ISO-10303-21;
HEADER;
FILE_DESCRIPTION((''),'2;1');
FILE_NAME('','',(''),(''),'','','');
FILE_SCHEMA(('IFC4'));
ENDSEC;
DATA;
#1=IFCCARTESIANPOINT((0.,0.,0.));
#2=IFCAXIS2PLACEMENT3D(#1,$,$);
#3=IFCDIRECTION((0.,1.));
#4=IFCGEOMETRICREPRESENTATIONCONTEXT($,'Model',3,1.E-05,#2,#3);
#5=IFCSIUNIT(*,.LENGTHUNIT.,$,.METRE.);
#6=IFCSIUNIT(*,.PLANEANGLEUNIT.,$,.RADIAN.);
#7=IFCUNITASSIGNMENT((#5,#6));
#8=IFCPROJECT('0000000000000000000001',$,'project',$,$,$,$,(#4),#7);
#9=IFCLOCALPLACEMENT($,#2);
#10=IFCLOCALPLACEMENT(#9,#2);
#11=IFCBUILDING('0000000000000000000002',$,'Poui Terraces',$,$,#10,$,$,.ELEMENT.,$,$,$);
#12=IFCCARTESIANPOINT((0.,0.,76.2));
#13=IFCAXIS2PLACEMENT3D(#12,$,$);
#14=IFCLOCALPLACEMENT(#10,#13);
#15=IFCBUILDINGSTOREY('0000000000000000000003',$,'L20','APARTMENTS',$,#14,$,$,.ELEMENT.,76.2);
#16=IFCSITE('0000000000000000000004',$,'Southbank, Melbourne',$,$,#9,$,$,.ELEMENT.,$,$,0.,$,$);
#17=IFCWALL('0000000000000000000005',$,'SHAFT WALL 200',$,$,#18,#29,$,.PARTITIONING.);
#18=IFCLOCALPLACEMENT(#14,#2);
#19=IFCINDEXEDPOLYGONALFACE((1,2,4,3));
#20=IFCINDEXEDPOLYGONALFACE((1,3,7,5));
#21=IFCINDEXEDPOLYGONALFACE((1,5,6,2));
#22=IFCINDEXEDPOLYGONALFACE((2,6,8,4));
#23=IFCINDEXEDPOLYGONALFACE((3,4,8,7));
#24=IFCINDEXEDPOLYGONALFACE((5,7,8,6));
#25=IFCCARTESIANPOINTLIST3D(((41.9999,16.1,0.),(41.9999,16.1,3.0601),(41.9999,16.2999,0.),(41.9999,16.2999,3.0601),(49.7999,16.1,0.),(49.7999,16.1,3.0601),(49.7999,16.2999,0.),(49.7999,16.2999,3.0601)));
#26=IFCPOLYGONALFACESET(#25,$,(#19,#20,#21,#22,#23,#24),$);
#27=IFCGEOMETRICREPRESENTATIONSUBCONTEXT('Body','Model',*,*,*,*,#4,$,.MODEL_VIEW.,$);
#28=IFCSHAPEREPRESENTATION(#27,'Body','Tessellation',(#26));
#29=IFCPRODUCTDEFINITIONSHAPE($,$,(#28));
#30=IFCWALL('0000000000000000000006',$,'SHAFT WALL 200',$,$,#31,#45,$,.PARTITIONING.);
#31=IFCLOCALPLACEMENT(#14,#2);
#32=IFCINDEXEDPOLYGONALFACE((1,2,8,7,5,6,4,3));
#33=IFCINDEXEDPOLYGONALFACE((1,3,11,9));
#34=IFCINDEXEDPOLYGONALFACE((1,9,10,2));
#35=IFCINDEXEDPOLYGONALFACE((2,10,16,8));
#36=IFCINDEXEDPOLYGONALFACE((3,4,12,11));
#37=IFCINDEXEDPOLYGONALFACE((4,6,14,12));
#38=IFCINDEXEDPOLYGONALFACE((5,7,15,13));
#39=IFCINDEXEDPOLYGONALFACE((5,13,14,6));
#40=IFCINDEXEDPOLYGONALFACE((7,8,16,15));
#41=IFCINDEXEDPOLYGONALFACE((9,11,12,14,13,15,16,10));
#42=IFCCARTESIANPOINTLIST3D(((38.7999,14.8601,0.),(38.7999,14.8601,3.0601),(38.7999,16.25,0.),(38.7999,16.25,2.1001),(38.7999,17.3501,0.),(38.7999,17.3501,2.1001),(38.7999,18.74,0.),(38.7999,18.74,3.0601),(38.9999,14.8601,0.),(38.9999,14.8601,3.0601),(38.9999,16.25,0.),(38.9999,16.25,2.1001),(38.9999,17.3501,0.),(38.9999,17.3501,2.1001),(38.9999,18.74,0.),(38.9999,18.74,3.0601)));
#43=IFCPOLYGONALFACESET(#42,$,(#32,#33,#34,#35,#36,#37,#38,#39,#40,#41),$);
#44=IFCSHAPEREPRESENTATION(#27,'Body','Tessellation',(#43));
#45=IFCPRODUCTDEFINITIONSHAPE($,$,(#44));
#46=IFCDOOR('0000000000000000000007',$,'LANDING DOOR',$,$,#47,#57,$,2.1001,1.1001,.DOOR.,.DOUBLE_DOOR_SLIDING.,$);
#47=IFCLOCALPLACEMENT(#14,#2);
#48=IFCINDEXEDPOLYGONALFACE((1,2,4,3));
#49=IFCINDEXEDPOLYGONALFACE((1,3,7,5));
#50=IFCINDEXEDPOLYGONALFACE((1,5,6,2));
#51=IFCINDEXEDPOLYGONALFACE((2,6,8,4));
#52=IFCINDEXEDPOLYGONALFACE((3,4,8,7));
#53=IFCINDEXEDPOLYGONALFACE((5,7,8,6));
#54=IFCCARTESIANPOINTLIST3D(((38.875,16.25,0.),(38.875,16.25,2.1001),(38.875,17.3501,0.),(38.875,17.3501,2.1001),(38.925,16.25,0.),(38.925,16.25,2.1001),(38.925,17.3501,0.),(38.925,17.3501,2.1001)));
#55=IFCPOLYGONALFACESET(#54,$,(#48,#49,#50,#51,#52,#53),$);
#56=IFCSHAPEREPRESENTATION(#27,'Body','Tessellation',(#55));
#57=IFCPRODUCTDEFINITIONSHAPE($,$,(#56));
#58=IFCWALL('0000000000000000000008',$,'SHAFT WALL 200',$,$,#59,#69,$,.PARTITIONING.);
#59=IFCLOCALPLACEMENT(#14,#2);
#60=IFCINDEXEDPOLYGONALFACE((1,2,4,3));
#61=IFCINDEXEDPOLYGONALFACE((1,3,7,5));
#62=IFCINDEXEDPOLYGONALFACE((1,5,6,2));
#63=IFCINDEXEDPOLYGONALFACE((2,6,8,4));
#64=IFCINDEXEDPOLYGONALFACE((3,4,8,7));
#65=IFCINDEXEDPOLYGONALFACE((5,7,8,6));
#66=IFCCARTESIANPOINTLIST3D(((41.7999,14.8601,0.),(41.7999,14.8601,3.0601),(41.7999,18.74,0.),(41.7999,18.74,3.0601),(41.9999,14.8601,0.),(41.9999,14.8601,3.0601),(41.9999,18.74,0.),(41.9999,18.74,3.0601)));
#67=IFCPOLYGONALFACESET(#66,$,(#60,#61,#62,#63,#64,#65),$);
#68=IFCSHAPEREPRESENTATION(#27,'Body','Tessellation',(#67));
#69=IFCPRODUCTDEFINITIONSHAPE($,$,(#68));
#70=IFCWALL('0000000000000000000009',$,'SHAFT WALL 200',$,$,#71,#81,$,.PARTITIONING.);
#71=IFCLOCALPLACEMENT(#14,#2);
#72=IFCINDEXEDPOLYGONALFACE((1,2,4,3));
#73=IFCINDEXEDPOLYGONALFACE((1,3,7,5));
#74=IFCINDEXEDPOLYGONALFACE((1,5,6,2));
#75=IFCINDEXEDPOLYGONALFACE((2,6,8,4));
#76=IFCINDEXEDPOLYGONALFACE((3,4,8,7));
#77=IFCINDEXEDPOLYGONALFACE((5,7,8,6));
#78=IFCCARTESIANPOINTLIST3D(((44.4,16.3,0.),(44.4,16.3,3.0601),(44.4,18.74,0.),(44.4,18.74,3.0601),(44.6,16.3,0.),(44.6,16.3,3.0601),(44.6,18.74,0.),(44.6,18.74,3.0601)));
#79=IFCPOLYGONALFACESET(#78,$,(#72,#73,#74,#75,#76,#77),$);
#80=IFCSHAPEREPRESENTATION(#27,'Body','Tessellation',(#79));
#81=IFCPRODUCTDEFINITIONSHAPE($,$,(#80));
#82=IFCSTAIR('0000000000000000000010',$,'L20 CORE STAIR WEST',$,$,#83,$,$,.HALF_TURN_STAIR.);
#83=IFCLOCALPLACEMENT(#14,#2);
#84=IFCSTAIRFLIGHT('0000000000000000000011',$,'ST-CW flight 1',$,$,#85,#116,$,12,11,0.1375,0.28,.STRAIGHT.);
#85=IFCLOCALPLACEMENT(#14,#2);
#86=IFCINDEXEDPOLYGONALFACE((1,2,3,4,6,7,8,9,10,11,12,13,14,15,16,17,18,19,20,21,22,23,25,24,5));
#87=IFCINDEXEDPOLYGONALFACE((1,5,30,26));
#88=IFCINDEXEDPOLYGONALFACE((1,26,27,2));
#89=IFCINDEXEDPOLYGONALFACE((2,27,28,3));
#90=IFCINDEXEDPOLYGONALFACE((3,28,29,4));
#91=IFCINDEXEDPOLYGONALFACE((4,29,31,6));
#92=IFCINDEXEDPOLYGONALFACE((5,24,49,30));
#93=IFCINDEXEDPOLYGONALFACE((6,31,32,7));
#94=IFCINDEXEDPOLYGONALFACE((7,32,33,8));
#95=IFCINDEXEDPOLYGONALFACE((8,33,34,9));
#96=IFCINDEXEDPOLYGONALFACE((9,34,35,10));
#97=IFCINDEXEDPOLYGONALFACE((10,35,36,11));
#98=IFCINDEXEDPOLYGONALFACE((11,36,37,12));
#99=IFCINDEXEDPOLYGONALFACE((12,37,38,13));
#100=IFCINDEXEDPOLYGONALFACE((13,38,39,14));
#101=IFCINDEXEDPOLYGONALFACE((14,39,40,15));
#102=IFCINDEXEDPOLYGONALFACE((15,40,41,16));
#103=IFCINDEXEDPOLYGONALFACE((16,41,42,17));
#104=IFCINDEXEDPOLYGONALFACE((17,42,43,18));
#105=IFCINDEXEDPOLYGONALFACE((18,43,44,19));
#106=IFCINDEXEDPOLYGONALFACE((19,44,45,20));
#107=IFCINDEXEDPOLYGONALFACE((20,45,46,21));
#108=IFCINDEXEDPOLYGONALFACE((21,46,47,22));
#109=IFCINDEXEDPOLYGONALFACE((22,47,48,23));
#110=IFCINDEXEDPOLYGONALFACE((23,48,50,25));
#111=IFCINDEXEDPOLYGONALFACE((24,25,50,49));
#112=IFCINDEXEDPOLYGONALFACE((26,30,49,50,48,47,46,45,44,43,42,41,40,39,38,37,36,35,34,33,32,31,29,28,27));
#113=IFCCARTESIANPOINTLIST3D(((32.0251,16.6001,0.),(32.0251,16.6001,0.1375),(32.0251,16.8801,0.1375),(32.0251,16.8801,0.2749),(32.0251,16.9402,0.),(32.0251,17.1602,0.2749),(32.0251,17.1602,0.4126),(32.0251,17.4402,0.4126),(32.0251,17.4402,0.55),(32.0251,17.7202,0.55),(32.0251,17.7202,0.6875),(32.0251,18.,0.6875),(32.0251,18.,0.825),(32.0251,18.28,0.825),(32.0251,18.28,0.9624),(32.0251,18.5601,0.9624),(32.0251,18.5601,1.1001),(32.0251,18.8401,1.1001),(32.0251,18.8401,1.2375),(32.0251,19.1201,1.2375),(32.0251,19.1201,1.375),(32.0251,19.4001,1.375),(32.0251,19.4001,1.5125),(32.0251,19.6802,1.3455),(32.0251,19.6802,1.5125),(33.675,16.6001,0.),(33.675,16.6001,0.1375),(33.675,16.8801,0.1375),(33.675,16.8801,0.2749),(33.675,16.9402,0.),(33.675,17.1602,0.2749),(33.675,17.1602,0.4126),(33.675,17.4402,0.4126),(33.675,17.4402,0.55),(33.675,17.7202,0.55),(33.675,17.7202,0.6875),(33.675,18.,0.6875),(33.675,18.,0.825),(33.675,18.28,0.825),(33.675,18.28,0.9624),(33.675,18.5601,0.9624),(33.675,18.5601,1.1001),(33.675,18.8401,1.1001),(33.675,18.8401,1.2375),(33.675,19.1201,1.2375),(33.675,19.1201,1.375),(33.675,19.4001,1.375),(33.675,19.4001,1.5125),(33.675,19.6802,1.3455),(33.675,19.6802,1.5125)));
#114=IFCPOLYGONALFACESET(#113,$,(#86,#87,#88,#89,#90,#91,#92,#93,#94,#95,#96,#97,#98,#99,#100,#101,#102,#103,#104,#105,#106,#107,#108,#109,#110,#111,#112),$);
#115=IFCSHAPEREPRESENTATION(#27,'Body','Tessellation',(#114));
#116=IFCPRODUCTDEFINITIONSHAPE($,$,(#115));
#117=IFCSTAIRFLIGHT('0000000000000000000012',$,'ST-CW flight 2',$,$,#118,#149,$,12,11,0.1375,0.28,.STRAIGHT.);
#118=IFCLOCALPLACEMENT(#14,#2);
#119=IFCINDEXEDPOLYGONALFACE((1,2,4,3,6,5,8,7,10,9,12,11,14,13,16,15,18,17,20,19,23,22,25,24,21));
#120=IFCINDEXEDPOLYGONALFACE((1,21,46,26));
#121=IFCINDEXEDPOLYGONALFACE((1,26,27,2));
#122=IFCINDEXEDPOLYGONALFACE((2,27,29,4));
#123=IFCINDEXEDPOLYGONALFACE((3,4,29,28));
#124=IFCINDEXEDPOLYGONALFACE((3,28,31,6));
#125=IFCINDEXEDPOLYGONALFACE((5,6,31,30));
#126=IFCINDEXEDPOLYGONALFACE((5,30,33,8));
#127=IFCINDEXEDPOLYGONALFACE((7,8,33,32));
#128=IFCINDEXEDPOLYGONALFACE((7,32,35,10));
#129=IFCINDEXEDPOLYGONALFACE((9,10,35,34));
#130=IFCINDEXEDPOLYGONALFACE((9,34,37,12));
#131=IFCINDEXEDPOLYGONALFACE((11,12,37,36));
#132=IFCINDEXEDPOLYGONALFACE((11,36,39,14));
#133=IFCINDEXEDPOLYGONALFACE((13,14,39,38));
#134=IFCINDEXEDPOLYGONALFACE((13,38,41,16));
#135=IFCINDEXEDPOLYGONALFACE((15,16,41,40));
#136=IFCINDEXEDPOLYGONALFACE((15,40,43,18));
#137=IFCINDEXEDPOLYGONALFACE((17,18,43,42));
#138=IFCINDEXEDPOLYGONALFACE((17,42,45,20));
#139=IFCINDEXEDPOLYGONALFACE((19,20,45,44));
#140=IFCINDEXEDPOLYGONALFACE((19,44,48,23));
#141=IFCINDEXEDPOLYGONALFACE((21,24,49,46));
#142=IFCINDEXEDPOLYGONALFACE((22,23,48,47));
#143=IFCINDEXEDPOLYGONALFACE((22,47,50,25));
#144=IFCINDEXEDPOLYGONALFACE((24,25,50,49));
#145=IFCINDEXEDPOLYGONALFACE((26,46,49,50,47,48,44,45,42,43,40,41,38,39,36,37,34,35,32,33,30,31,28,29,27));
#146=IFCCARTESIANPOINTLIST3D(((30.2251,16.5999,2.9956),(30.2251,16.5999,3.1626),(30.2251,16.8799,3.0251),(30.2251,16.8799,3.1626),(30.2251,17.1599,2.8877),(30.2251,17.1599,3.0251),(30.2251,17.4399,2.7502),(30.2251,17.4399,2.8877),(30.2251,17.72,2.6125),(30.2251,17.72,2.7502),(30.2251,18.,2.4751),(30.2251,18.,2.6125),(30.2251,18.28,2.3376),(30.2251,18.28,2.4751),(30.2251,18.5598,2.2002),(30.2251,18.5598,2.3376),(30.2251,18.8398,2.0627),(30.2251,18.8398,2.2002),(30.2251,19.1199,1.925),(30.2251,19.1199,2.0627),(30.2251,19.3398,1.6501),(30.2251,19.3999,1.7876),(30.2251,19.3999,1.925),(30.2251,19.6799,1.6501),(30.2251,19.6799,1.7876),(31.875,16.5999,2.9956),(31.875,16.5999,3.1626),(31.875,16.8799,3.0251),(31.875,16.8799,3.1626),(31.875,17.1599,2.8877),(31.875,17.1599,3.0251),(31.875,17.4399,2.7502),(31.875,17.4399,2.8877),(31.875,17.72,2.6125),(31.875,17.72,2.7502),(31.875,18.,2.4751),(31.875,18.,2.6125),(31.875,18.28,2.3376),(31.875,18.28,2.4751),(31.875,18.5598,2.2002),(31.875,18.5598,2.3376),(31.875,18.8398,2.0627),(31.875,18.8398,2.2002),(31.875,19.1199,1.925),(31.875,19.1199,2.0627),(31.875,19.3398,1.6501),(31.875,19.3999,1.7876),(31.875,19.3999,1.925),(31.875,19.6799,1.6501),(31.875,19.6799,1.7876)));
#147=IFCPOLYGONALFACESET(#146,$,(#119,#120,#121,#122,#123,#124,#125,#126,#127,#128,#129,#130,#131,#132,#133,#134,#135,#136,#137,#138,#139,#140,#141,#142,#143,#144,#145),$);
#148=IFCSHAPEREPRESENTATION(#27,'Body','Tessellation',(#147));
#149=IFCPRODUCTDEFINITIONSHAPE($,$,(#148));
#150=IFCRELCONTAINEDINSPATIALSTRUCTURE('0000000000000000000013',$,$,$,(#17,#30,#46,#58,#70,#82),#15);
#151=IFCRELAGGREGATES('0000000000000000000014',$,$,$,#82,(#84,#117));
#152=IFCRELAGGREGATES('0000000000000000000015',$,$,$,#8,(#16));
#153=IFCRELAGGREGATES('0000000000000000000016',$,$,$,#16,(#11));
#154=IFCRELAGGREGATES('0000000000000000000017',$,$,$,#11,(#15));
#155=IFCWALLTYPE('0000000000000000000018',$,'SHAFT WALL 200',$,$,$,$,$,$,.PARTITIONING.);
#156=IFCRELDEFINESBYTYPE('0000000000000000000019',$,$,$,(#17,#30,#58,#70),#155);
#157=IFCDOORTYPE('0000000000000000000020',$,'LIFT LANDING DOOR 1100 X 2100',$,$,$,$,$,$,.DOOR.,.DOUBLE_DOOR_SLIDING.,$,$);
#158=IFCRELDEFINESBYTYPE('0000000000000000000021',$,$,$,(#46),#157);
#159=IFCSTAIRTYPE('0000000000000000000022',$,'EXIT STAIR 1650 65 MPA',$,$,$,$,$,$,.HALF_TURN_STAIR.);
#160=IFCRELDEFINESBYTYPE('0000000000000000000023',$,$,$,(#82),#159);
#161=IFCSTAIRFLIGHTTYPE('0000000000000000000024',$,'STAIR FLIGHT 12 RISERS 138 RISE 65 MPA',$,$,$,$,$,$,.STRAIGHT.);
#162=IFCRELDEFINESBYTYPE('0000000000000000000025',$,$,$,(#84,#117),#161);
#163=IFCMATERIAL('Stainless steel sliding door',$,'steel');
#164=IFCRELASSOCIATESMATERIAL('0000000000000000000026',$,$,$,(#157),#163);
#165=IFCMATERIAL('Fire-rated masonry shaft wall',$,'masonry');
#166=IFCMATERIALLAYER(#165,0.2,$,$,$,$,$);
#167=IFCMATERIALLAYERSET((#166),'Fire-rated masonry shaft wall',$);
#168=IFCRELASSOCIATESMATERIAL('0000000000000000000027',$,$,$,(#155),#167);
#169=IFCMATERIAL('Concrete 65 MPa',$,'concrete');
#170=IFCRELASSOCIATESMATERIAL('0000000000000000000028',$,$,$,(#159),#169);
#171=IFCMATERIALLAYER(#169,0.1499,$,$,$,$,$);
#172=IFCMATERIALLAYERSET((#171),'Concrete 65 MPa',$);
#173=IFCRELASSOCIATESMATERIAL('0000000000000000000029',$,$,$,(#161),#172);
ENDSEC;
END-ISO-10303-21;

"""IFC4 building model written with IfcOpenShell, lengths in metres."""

from ifc_helpers import new_model, si_unit, direction, frame, frame_2d, origin, place, context, subcontext, project, spatial, polyline, rectangle, outline, extrude, material, layer, layer_set, type_object, element, fill, aggregate, save


model = new_model("IFC4")

# Units and contexts
model_context = context("Model", 3, precision=1e-05, world=origin(), true_north=direction((0.0, 1.0)))
body_context = subcontext(model_context, "Body", "Model", "MODEL_VIEW")
ifc_project = project(units=[si_unit("LENGTHUNIT", "METRE"), si_unit("PLANEANGLEUNIT", "RADIAN")], contexts=[model_context])

# Site, building, storey
site_placement = place(None, origin())
site = spatial("IfcSite", under=ifc_project, at=site_placement, Name="Southbank, Melbourne", CompositionType="ELEMENT", RefElevation=0.0)
building_placement = place(site_placement, origin())
building = spatial("IfcBuilding", under=site, at=building_placement, Name="Poui Terraces", CompositionType="ELEMENT")
storey_placement = place(building_placement, frame((0.0, 0.0, 76.2)))
storey = spatial("IfcBuildingStorey", under=building, at=storey_placement, Name="L20", Description="APARTMENTS", CompositionType="ELEMENT", Elevation=76.2)

# Shared definitions
ifc_material_1 = material(Name="Concrete 65 MPa", Category="concrete")
ifc_material_2 = material(Name="Stainless steel sliding door", Category="steel")
door_type_1 = type_object("IfcDoorType", Name="LIFT LANDING DOOR 1100 X 2100", OperationType="DOUBLE_DOOR_SLIDING", PredefinedType="DOOR", material=ifc_material_2)

# Wall
ifc_material_3 = material(Name="Fire-rated masonry shaft wall", Category="masonry")
ifc_layer_1 = layer(ifc_material_3, 0.2)
ifc_layer_set_1 = layer_set([ifc_layer_1], Name="Fire-rated masonry shaft wall")
wall_type_1 = type_object("IfcWallType", Name="SHAFT WALL 200", PredefinedType="PARTITIONING", material=ifc_layer_set_1)
wall_1_placement = place(storey_placement, frame((42.0, 16.2, 0.0), z_axis=(0.0, 0.0, 1.0), x_axis=(1.0, 0.0, 0.0)))
element("IfcWall", 1, at=wall_1_placement, inside=storey, type_object=wall_type_1, Name="SHAFT WALL 200", PredefinedType="PARTITIONING", context=body_context, shape_type="SweptSolid", body=[
    extrude(rectangle(XDim=7.8, YDim=0.2, at=frame_2d((3.8999, 0.0))), origin(), (0.0, 0.0, 1.0), 3.0601),
])

# Wall, opening, door
wall_2_placement = place(storey_placement, frame((38.8999, 14.8601, 0.0), z_axis=(0.0, 0.0, 1.0), x_axis=(0.0, 1.0, 0.0)))
wall_2 = element("IfcWall", 2, at=wall_2_placement, inside=storey, type_object=wall_type_1, Name="SHAFT WALL 200", PredefinedType="PARTITIONING", context=body_context, shape_type="SweptSolid", body=[
    extrude(rectangle(XDim=3.8799, YDim=0.2, at=frame_2d((1.9399, 0.0))), origin(), (0.0, 0.0, 1.0), 3.0601),
])
opening_1_placement = place(wall_2_placement, frame((1.3899, 0.0, 0.0)))
opening_1 = element("IfcOpeningElement", 3, at=opening_1_placement, cuts=wall_2, PredefinedType="OPENING", context=body_context, shape_type="SweptSolid", body=[
    extrude(rectangle(XDim=1.1001, YDim=2.1001, at=frame_2d((0.55, 1.05))), frame((0.0, 0.1099, 0.0), z_axis=(0.0, -1.0, 0.0), x_axis=(1.0, 0.0, 0.0)), (0.0, 0.0, 1.0), 0.22),
])
door_1_placement = place(opening_1_placement, origin())
door_1 = element("IfcDoor", 4, at=door_1_placement, inside=storey, type_object=door_type_1, Name="LANDING DOOR", OperationType="DOUBLE_DOOR_SLIDING", OverallHeight=2.1001, OverallWidth=1.1001, PredefinedType="DOOR", context=body_context, shape_type="SweptSolid", body=[
    extrude(rectangle(XDim=1.1001, YDim=2.1001, at=frame_2d((0.55, 1.05))), frame((0.0, 0.0249, 0.0), z_axis=(0.0, -1.0, 0.0), x_axis=(1.0, 0.0, 0.0)), (0.0, 0.0, 1.0), 0.05),
])
fill(opening_1, door_1)

# Walls
wall_3_placement = place(storey_placement, frame((41.8999, 14.8601, 0.0), z_axis=(0.0, 0.0, 1.0), x_axis=(0.0, 1.0, 0.0)))
element("IfcWall", 5, at=wall_3_placement, inside=storey, type_object=wall_type_1, Name="SHAFT WALL 200", PredefinedType="PARTITIONING", context=body_context, shape_type="SweptSolid", body=[
    extrude(rectangle(XDim=3.8799, YDim=0.2, at=frame_2d((1.9399, 0.0))), origin(), (0.0, 0.0, 1.0), 3.0601),
])
wall_4_placement = place(storey_placement, frame((44.5, 16.3, 0.0), z_axis=(0.0, 0.0, 1.0), x_axis=(0.0, 1.0, 0.0)))
element("IfcWall", 6, at=wall_4_placement, inside=storey, type_object=wall_type_1, Name="SHAFT WALL 200", PredefinedType="PARTITIONING", context=body_context, shape_type="SweptSolid", body=[
    extrude(rectangle(XDim=2.4399, YDim=0.2, at=frame_2d((1.22, 0.0))), origin(), (0.0, 0.0, 1.0), 3.0601),
])

# Stair, stair flights
stair_type = type_object("IfcStairType", Name="EXIT STAIR 1650 65 MPA", PredefinedType="HALF_TURN_STAIR", material=ifc_material_1)
stair_placement = place(storey_placement, origin())
stair = element("IfcStair", 7, at=stair_placement, inside=storey, type_object=stair_type, Name="L20 CORE STAIR WEST", PredefinedType="HALF_TURN_STAIR")
ifc_layer_2 = layer(ifc_material_1, 0.1499)
ifc_layer_set_2 = layer_set([ifc_layer_2], Name="Concrete 65 MPa")
stair_flight_type = type_object("IfcStairFlightType", Name="STAIR FLIGHT 12 RISERS 138 RISE 65 MPA", PredefinedType="STRAIGHT", material=ifc_layer_set_2)
stair_flight_1_placement = place(storey_placement, frame((32.8501, 16.6001, 0.0), z_axis=(0.0, 0.0, 1.0), x_axis=(0.0, 1.0, 0.0)))
stair_flight_1 = element("IfcStairFlight", 8, at=stair_flight_1_placement, type_object=stair_flight_type, Name="ST-CW flight 1", NumberOfRisers=12, NumberOfTreads=11, PredefinedType="STRAIGHT", RiserHeight=0.1375, TreadLength=0.28, context=body_context, shape_type="SweptSolid", body=[
    extrude(outline(polyline([(0.0, 0.0), (0.0, 0.1375), (0.28, 0.1375), (0.28, 0.2749), (0.5601, 0.2749), (0.5601, 0.4126), (0.8401, 0.4126), (0.8401, 0.55), (1.1201, 0.55), (1.1201, 0.6875), (1.3999, 0.6875), (1.3999, 0.825), (1.6799, 0.825), (1.6799, 0.9624), (1.96, 0.9624), (1.96, 1.1001), (2.24, 1.1001), (2.24, 1.2375), (2.52, 1.2375), (2.52, 1.375), (2.8, 1.375), (2.8, 1.5125), (3.0801, 1.5125), (3.0801, 1.6499), (3.0801, 1.3455), (0.3401, 0.0), (0.0, 0.0)])), frame((0.0, 0.825, 0.0), z_axis=(0.0, -1.0, 0.0), x_axis=(1.0, 0.0, 0.0)), (0.0, 0.0, 1.0), 1.6499),
])
stair_flight_2_placement = place(storey_placement, frame((31.05, 19.6799, 1.6501), z_axis=(0.0, 0.0, 1.0), x_axis=(0.0, -1.0, 0.0)))
stair_flight_2 = element("IfcStairFlight", 9, at=stair_flight_2_placement, type_object=stair_flight_type, Name="ST-CW flight 2", NumberOfRisers=12, NumberOfTreads=11, PredefinedType="STRAIGHT", RiserHeight=0.1375, TreadLength=0.28, context=body_context, shape_type="SweptSolid", body=[
    extrude(outline(polyline([(0.0, 0.0), (0.0, 0.1375), (0.28, 0.1375), (0.28, 0.2749), (0.5601, 0.2749), (0.5601, 0.4126), (0.8401, 0.4126), (0.8401, 0.55), (1.1201, 0.55), (1.1201, 0.6875), (1.3999, 0.6875), (1.3999, 0.825), (1.6799, 0.825), (1.6799, 0.9624), (1.96, 0.9624), (1.96, 1.1001), (2.24, 1.1001), (2.24, 1.2375), (2.52, 1.2375), (2.52, 1.375), (2.8, 1.375), (2.8, 1.5125), (3.0801, 1.5125), (3.0801, 1.6499), (3.0801, 1.3455), (0.3401, 0.0), (0.0, 0.0)])), frame((0.0, 0.825, 0.0), z_axis=(0.0, -1.0, 0.0), x_axis=(1.0, 0.0, 0.0)), (0.0, 0.0, 1.0), 1.6499),
])
aggregate(stair, [stair_flight_1, stair_flight_2])

save(model, "model.ifc")
